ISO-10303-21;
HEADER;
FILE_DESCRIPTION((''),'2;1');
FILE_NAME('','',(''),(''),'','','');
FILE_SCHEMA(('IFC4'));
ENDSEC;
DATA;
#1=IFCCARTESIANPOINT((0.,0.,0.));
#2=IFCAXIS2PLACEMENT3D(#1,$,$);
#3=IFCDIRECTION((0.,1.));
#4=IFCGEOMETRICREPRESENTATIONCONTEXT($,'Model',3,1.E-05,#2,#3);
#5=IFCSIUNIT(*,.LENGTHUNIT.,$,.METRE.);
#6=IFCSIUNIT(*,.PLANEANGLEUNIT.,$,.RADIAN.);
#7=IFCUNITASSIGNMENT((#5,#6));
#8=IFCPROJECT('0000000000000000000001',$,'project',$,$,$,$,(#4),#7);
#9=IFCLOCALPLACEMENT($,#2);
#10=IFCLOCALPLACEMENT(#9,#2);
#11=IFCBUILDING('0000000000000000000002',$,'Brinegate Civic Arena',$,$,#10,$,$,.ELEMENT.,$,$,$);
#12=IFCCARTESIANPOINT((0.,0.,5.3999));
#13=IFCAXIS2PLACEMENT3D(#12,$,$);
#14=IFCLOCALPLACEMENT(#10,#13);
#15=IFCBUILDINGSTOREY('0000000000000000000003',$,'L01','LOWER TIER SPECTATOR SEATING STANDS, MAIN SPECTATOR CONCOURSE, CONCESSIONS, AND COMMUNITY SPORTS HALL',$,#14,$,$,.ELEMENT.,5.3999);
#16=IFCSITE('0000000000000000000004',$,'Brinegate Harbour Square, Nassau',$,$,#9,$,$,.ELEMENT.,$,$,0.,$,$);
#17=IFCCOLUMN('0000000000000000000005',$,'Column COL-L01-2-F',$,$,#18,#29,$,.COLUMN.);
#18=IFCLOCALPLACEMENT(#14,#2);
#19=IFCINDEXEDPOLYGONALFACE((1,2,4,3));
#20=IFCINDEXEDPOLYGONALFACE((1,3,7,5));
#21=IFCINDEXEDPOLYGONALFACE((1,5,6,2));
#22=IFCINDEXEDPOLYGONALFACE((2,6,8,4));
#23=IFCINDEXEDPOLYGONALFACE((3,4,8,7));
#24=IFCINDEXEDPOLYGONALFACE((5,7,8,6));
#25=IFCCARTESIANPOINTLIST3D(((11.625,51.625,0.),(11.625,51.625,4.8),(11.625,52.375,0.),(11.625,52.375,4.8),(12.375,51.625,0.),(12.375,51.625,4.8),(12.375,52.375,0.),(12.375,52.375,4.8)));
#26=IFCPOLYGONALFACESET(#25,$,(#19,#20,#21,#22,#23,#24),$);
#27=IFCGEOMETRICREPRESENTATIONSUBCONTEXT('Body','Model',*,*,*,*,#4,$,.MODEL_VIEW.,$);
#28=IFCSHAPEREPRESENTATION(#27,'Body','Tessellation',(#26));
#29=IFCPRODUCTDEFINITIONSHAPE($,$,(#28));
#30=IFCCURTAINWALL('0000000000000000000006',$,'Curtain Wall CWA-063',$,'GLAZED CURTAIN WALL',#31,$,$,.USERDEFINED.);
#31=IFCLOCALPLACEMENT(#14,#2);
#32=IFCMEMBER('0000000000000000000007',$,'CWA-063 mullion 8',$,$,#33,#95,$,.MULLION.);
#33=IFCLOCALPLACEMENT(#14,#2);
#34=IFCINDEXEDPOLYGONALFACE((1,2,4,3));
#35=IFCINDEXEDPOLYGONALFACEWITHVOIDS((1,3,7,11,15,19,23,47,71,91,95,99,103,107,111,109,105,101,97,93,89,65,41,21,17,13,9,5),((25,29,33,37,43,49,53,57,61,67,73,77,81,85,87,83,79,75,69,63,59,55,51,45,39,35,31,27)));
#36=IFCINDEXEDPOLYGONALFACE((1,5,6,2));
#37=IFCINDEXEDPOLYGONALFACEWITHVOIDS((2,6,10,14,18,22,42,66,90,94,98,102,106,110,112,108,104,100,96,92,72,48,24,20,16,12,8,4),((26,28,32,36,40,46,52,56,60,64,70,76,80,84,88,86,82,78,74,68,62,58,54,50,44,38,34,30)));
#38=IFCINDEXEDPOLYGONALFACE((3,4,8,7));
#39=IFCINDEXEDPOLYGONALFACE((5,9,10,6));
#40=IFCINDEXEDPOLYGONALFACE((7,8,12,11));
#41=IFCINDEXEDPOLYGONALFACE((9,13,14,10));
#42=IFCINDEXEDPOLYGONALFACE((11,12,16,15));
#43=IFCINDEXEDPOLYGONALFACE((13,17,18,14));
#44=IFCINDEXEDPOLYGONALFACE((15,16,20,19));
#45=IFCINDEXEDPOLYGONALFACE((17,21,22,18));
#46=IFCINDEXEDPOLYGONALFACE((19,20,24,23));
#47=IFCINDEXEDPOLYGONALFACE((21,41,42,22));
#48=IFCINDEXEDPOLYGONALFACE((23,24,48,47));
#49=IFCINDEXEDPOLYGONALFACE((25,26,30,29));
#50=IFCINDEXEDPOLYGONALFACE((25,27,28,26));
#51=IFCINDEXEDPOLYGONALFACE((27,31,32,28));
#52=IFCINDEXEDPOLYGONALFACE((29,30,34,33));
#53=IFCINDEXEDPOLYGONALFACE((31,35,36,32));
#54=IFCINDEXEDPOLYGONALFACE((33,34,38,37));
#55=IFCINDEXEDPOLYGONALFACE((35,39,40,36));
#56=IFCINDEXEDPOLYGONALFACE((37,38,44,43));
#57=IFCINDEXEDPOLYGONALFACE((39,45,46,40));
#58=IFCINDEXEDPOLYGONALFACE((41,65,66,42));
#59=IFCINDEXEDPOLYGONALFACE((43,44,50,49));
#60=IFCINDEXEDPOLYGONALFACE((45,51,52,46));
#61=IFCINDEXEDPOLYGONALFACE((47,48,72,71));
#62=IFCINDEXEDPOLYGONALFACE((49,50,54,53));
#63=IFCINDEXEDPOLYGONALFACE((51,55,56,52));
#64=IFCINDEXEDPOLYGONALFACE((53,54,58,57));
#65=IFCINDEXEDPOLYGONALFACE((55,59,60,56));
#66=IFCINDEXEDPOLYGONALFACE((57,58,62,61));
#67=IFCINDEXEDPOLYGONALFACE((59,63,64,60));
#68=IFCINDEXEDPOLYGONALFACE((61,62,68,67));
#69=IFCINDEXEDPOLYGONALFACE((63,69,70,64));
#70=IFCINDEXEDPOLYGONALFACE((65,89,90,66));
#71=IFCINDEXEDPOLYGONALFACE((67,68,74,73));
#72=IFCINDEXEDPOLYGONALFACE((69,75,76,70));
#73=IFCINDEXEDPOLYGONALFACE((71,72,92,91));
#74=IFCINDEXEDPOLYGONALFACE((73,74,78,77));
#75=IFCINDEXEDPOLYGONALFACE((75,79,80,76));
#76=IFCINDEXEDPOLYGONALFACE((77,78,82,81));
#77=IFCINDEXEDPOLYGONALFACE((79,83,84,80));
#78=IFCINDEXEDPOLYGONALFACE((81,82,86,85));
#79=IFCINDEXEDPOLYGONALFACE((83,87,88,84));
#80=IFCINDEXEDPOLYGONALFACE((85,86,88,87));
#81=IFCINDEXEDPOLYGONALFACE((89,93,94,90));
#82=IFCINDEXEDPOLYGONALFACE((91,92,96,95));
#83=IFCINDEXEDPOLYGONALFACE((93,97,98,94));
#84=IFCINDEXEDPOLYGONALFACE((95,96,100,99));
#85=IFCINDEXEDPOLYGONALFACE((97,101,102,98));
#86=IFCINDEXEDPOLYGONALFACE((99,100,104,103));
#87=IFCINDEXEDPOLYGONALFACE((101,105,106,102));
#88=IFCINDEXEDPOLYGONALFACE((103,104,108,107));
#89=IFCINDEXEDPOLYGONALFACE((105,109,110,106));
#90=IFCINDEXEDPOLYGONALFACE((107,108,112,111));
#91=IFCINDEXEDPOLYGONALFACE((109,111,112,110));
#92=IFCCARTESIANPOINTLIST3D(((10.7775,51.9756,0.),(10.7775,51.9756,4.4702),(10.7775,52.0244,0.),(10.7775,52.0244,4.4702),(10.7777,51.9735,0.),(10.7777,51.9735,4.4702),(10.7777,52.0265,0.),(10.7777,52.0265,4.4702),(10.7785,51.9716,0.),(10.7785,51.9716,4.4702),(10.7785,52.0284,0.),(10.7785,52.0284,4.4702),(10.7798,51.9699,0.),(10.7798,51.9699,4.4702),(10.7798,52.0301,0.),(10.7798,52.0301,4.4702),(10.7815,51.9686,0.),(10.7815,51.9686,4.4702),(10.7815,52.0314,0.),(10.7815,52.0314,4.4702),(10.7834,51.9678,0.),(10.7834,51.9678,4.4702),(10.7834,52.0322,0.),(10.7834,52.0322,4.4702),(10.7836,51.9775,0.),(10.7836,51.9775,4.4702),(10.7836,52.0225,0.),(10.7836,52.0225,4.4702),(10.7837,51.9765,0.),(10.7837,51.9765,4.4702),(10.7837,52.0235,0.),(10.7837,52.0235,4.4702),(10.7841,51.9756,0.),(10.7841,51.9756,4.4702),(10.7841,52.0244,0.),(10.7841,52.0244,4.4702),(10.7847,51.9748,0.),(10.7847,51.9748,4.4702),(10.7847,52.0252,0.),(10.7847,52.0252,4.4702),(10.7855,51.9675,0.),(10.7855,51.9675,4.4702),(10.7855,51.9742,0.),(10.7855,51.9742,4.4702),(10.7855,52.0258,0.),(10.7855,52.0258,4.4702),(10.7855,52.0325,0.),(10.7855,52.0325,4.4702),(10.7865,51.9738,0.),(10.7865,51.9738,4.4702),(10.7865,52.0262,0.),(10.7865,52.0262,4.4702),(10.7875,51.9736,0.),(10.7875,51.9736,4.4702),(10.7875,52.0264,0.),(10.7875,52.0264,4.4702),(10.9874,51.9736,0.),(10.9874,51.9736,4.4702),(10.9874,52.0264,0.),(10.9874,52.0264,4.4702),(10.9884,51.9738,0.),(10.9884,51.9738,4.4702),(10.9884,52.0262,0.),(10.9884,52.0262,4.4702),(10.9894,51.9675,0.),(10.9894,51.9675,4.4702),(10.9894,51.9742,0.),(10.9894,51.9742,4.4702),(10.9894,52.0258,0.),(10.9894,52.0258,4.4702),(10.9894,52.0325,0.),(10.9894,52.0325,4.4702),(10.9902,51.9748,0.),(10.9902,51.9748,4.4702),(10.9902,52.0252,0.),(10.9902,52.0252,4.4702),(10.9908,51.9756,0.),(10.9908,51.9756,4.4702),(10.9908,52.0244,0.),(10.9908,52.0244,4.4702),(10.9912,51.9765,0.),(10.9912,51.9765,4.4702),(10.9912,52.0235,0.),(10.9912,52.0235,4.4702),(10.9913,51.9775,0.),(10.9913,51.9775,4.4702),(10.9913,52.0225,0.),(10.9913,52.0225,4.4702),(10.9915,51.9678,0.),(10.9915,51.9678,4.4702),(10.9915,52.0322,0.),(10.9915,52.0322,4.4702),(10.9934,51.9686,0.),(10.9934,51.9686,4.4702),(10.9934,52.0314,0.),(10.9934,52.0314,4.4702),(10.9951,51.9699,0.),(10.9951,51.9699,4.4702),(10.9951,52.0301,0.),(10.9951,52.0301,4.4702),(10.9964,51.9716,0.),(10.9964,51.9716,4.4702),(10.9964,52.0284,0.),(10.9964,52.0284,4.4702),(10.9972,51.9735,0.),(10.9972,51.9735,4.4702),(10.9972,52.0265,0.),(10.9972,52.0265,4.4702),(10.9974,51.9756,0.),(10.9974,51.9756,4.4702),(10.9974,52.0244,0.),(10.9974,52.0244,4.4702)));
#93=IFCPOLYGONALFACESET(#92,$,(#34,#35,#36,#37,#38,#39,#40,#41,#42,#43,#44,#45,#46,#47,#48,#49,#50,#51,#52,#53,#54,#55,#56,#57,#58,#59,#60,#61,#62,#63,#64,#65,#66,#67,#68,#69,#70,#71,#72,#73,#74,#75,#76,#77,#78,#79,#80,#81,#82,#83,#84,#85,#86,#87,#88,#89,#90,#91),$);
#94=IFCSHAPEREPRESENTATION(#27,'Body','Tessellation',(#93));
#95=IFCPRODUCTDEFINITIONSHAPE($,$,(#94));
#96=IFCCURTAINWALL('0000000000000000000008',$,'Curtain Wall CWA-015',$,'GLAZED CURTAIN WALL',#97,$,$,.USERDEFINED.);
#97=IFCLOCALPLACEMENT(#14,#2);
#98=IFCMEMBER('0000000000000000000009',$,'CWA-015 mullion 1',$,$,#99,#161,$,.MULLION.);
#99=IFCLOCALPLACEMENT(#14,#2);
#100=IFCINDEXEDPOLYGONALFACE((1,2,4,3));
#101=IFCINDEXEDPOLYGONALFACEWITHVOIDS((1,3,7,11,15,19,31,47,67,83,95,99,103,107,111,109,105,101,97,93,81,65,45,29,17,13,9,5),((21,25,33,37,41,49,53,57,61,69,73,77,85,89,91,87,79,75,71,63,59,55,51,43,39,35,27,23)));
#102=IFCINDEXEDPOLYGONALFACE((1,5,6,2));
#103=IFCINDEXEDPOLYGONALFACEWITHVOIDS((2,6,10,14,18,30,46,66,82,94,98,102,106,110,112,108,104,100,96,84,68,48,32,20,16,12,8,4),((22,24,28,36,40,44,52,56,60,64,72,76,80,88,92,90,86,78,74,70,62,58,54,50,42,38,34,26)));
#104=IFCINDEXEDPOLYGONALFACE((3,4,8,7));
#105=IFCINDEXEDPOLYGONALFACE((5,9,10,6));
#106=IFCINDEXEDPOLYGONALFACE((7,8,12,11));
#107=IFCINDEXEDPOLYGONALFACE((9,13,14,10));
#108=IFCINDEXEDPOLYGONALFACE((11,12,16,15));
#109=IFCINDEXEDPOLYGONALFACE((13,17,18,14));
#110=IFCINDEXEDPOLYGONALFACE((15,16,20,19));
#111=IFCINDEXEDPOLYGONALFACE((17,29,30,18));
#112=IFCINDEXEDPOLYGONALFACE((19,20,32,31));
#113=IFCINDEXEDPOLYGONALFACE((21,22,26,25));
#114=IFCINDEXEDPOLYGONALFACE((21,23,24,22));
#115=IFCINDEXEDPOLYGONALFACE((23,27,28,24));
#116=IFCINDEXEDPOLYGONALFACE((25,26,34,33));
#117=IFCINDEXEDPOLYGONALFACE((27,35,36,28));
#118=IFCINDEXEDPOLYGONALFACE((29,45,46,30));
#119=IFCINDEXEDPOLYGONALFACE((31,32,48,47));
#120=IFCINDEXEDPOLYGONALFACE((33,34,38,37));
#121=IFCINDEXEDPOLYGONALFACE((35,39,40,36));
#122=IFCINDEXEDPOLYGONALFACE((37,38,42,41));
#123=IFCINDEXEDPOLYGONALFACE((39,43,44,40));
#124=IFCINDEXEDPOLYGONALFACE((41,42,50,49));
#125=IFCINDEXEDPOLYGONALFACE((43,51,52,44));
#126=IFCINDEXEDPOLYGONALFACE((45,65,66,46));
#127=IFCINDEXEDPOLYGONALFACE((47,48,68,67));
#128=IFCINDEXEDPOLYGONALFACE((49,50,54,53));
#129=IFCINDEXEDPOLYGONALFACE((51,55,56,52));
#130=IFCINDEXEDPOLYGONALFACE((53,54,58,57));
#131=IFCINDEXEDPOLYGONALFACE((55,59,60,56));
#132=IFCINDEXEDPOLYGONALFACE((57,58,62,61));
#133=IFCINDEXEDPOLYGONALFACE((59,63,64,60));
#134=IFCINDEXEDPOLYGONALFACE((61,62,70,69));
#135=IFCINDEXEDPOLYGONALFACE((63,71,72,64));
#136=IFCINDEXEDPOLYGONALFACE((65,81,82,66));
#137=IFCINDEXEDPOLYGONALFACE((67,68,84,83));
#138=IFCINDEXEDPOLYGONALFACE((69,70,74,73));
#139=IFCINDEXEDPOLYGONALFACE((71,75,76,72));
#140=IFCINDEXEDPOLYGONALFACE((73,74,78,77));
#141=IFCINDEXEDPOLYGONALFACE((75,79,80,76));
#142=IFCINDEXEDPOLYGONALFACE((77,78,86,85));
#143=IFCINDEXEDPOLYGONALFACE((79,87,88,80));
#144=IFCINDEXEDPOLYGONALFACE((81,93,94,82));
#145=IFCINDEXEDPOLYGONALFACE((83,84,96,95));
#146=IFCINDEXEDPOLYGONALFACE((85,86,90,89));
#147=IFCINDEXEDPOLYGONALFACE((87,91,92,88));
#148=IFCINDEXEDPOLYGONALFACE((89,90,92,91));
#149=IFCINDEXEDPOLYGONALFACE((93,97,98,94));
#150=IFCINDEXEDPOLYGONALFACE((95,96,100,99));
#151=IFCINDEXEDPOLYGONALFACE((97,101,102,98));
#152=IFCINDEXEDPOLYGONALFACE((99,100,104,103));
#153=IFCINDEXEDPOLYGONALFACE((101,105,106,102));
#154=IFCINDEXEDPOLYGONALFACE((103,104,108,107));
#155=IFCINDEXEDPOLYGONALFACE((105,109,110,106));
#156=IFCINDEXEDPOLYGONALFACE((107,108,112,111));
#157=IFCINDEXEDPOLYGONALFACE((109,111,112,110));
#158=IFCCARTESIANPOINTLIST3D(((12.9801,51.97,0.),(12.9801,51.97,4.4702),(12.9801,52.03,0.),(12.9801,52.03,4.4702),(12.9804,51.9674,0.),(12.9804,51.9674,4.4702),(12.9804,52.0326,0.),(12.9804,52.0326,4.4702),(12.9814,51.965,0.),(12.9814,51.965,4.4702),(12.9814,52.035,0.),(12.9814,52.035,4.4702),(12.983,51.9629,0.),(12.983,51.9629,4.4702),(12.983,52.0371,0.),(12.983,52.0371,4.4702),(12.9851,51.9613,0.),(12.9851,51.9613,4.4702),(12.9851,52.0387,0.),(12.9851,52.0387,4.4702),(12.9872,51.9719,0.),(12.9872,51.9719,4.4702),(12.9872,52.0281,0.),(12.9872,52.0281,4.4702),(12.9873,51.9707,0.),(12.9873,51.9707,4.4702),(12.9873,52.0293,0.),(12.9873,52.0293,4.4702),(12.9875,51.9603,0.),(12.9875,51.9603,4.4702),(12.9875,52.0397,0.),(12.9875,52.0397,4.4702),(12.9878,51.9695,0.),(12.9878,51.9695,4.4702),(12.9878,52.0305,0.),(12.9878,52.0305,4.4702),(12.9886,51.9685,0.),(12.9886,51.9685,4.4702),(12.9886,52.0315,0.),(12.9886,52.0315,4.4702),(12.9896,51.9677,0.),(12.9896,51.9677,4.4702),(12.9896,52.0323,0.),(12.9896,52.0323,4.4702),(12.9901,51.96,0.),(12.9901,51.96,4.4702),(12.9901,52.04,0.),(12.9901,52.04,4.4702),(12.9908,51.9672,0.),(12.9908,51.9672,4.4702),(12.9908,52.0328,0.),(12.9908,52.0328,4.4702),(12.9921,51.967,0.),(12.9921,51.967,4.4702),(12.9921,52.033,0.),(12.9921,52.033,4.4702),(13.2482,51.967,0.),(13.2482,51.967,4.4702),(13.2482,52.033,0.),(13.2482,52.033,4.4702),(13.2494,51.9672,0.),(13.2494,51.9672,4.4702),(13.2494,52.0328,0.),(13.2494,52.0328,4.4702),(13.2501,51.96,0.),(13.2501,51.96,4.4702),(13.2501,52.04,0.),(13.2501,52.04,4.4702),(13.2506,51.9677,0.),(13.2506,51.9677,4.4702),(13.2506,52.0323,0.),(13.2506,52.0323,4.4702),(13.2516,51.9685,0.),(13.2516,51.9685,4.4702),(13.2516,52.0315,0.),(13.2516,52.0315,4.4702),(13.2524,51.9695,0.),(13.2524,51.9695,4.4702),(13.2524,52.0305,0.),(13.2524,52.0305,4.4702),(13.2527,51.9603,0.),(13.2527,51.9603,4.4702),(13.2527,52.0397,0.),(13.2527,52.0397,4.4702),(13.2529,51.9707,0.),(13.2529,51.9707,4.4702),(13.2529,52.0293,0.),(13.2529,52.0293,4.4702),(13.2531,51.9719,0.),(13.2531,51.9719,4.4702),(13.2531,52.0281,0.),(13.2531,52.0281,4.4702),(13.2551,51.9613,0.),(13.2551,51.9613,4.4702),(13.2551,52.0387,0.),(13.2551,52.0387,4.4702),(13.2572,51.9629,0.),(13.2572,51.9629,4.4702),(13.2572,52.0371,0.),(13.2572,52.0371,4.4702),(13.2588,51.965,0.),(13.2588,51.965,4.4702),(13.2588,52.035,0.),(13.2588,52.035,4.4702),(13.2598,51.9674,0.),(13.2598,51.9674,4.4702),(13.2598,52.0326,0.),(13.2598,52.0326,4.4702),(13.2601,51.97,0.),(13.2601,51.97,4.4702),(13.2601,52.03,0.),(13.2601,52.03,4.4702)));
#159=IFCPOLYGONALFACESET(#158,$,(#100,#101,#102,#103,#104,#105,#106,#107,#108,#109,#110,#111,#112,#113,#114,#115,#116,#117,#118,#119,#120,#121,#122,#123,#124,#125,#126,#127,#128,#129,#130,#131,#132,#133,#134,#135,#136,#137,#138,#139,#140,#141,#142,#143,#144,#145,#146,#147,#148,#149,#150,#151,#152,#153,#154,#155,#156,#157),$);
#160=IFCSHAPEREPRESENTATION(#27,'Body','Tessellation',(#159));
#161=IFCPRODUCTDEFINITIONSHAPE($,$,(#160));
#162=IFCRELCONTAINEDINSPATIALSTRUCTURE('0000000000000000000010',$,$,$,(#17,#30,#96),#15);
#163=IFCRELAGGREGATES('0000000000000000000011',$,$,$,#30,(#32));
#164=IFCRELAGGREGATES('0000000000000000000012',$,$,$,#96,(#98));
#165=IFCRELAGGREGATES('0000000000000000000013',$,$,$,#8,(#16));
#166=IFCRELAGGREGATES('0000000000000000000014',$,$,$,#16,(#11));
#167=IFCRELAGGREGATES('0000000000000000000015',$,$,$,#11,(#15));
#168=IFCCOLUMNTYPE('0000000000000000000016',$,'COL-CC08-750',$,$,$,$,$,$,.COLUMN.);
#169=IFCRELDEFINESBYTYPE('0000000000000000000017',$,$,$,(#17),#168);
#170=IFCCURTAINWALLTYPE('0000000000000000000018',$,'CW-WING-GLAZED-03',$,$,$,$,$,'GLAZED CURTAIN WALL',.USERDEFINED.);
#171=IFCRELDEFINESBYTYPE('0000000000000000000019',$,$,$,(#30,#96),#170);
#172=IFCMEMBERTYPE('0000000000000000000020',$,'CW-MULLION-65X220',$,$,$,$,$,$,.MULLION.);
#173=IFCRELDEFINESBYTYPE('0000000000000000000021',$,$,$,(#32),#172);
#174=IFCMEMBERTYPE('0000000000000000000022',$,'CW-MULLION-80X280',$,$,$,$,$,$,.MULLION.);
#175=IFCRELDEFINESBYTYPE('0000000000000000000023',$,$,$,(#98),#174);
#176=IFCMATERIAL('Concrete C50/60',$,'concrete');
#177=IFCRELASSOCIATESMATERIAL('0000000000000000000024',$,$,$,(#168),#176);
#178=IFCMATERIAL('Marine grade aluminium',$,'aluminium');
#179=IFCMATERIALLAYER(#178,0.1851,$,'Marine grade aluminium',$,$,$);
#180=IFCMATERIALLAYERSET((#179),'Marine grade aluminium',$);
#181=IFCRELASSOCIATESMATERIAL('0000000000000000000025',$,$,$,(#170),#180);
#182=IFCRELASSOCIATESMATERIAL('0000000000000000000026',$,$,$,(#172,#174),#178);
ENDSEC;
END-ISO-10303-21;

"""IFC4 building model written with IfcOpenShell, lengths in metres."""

from ifc_helpers import new_model, si_unit, direction, frame, origin, origin_2d, place, context, subcontext, project, spatial, rectangle, hollow_rectangle, extrude, material, layer, layer_set, material_profile, profile_set, type_object, element, aggregate, save


model = new_model("IFC4")

# Units and contexts
model_context = context("Model", 3, precision=1e-05, world=origin(), true_north=direction((0.0, 1.0)))
body_context = subcontext(model_context, "Body", "Model", "MODEL_VIEW")
ifc_project = project(units=[si_unit("LENGTHUNIT", "METRE"), si_unit("PLANEANGLEUNIT", "RADIAN")], contexts=[model_context])

# Site, building, storey
site_placement = place(None, origin())
site = spatial("IfcSite", under=ifc_project, at=site_placement, Name="Brinegate Harbour Square, Nassau", CompositionType="ELEMENT", RefElevation=0.0)
building_placement = place(site_placement, origin())
building = spatial("IfcBuilding", under=site, at=building_placement, Name="Brinegate Civic Arena", CompositionType="ELEMENT")
storey_placement = place(building_placement, frame((0.0, 0.0, 5.3999)))
storey = spatial("IfcBuildingStorey", under=building, at=storey_placement, Name="L01", Description="LOWER TIER SPECTATOR SEATING STANDS, MAIN SPECTATOR CONCOURSE, CONCESSIONS, AND COMMUNITY SPORTS HALL", CompositionType="ELEMENT", Elevation=5.3999)

# Column
ifc_material_1 = material(Name="Concrete C50/60", Category="concrete")
ifc_material_profile_1 = material_profile(ifc_material_1, rectangle(XDim=0.75, YDim=0.75, at=origin_2d()), Name="RC750X750")
ifc_profile_set_1 = profile_set([ifc_material_profile_1], Name="Concrete C50/60")
column_type = type_object("IfcColumnType", Name="COL-CC08-750", PredefinedType="COLUMN", material=ifc_profile_set_1)
column_placement = place(storey_placement, frame((12.0, 52.0, 0.0), z_axis=(0.0, 0.0, 1.0), x_axis=(1.0, 0.0, 0.0)))
element("IfcColumn", 1, at=column_placement, inside=storey, type_object=column_type, Name="Column COL-L01-2-F", PredefinedType="COLUMN", context=body_context, shape_type="SweptSolid", body=[
    extrude(rectangle(XDim=0.75, YDim=0.75, at=origin_2d()), origin(), (0.0, 0.0, 1.0), 4.8),
])

# Curtain wall, member
ifc_material_2 = material(Name="Marine grade aluminium", Category="aluminium")
ifc_layer_1 = layer(ifc_material_2, 0.1851, Name="Marine grade aluminium")
ifc_layer_set_1 = layer_set([ifc_layer_1], Name="Marine grade aluminium")
curtain_wall_type = type_object("IfcCurtainWallType", Name="CW-WING-GLAZED-03", ElementType="GLAZED CURTAIN WALL", PredefinedType="USERDEFINED", material=ifc_layer_set_1)
curtain_wall_1_placement = place(storey_placement, origin())
curtain_wall_1 = element("IfcCurtainWall", 2, at=curtain_wall_1_placement, inside=storey, type_object=curtain_wall_type, Name="Curtain Wall CWA-063", ObjectType="GLAZED CURTAIN WALL", PredefinedType="USERDEFINED")
ifc_material_profile_2 = material_profile(ifc_material_2, hollow_rectangle(XDim=0.0649, YDim=0.22, WallThickness=0.0061, InnerFilletRadius=0.0039, OuterFilletRadius=0.0081, at=origin_2d()), Name="MUL65X220")
ifc_profile_set_2 = profile_set([ifc_material_profile_2], Name="Marine grade aluminium")
member_type_1 = type_object("IfcMemberType", Name="CW-MULLION-65X220", PredefinedType="MULLION", material=ifc_profile_set_2)
member_1_placement = place(storey_placement, frame((10.8875, 52.0, 0.0), z_axis=(0.0, 0.0, 1.0), x_axis=(0.0, 1.0, 0.0)))
member_1 = element("IfcMember", 3, at=member_1_placement, type_object=member_type_1, Name="CWA-063 mullion 8", PredefinedType="MULLION", context=body_context, shape_type="SweptSolid", body=[
    extrude(hollow_rectangle(XDim=0.0649, YDim=0.22, WallThickness=0.0061, InnerFilletRadius=0.0039, OuterFilletRadius=0.0081, at=origin_2d()), origin(), (0.0, 0.0, 1.0), 4.4702),
])

# Curtain wall, member
curtain_wall_2_placement = place(storey_placement, origin())
curtain_wall_2 = element("IfcCurtainWall", 4, at=curtain_wall_2_placement, inside=storey, type_object=curtain_wall_type, Name="Curtain Wall CWA-015", ObjectType="GLAZED CURTAIN WALL", PredefinedType="USERDEFINED")
ifc_material_profile_3 = material_profile(ifc_material_2, hollow_rectangle(XDim=0.0801, YDim=0.28, WallThickness=0.0071, InnerFilletRadius=0.0049, OuterFilletRadius=0.01, at=origin_2d()), Name="MUL80X280")
ifc_profile_set_3 = profile_set([ifc_material_profile_3], Name="Marine grade aluminium")
member_type_2 = type_object("IfcMemberType", Name="CW-MULLION-80X280", PredefinedType="MULLION", material=ifc_profile_set_3)
member_2_placement = place(storey_placement, frame((13.1201, 52.0, 0.0), z_axis=(0.0, 0.0, 1.0), x_axis=(0.0, 1.0, 0.0)))
member_2 = element("IfcMember", 5, at=member_2_placement, type_object=member_type_2, Name="CWA-015 mullion 1", PredefinedType="MULLION", context=body_context, shape_type="SweptSolid", body=[
    extrude(hollow_rectangle(XDim=0.0801, YDim=0.28, WallThickness=0.0071, InnerFilletRadius=0.0049, OuterFilletRadius=0.01, at=origin_2d()), origin(), (0.0, 0.0, 1.0), 4.4702),
])

aggregate(curtain_wall_1, [member_1])
aggregate(curtain_wall_2, [member_2])

save(model, "model.ifc")
